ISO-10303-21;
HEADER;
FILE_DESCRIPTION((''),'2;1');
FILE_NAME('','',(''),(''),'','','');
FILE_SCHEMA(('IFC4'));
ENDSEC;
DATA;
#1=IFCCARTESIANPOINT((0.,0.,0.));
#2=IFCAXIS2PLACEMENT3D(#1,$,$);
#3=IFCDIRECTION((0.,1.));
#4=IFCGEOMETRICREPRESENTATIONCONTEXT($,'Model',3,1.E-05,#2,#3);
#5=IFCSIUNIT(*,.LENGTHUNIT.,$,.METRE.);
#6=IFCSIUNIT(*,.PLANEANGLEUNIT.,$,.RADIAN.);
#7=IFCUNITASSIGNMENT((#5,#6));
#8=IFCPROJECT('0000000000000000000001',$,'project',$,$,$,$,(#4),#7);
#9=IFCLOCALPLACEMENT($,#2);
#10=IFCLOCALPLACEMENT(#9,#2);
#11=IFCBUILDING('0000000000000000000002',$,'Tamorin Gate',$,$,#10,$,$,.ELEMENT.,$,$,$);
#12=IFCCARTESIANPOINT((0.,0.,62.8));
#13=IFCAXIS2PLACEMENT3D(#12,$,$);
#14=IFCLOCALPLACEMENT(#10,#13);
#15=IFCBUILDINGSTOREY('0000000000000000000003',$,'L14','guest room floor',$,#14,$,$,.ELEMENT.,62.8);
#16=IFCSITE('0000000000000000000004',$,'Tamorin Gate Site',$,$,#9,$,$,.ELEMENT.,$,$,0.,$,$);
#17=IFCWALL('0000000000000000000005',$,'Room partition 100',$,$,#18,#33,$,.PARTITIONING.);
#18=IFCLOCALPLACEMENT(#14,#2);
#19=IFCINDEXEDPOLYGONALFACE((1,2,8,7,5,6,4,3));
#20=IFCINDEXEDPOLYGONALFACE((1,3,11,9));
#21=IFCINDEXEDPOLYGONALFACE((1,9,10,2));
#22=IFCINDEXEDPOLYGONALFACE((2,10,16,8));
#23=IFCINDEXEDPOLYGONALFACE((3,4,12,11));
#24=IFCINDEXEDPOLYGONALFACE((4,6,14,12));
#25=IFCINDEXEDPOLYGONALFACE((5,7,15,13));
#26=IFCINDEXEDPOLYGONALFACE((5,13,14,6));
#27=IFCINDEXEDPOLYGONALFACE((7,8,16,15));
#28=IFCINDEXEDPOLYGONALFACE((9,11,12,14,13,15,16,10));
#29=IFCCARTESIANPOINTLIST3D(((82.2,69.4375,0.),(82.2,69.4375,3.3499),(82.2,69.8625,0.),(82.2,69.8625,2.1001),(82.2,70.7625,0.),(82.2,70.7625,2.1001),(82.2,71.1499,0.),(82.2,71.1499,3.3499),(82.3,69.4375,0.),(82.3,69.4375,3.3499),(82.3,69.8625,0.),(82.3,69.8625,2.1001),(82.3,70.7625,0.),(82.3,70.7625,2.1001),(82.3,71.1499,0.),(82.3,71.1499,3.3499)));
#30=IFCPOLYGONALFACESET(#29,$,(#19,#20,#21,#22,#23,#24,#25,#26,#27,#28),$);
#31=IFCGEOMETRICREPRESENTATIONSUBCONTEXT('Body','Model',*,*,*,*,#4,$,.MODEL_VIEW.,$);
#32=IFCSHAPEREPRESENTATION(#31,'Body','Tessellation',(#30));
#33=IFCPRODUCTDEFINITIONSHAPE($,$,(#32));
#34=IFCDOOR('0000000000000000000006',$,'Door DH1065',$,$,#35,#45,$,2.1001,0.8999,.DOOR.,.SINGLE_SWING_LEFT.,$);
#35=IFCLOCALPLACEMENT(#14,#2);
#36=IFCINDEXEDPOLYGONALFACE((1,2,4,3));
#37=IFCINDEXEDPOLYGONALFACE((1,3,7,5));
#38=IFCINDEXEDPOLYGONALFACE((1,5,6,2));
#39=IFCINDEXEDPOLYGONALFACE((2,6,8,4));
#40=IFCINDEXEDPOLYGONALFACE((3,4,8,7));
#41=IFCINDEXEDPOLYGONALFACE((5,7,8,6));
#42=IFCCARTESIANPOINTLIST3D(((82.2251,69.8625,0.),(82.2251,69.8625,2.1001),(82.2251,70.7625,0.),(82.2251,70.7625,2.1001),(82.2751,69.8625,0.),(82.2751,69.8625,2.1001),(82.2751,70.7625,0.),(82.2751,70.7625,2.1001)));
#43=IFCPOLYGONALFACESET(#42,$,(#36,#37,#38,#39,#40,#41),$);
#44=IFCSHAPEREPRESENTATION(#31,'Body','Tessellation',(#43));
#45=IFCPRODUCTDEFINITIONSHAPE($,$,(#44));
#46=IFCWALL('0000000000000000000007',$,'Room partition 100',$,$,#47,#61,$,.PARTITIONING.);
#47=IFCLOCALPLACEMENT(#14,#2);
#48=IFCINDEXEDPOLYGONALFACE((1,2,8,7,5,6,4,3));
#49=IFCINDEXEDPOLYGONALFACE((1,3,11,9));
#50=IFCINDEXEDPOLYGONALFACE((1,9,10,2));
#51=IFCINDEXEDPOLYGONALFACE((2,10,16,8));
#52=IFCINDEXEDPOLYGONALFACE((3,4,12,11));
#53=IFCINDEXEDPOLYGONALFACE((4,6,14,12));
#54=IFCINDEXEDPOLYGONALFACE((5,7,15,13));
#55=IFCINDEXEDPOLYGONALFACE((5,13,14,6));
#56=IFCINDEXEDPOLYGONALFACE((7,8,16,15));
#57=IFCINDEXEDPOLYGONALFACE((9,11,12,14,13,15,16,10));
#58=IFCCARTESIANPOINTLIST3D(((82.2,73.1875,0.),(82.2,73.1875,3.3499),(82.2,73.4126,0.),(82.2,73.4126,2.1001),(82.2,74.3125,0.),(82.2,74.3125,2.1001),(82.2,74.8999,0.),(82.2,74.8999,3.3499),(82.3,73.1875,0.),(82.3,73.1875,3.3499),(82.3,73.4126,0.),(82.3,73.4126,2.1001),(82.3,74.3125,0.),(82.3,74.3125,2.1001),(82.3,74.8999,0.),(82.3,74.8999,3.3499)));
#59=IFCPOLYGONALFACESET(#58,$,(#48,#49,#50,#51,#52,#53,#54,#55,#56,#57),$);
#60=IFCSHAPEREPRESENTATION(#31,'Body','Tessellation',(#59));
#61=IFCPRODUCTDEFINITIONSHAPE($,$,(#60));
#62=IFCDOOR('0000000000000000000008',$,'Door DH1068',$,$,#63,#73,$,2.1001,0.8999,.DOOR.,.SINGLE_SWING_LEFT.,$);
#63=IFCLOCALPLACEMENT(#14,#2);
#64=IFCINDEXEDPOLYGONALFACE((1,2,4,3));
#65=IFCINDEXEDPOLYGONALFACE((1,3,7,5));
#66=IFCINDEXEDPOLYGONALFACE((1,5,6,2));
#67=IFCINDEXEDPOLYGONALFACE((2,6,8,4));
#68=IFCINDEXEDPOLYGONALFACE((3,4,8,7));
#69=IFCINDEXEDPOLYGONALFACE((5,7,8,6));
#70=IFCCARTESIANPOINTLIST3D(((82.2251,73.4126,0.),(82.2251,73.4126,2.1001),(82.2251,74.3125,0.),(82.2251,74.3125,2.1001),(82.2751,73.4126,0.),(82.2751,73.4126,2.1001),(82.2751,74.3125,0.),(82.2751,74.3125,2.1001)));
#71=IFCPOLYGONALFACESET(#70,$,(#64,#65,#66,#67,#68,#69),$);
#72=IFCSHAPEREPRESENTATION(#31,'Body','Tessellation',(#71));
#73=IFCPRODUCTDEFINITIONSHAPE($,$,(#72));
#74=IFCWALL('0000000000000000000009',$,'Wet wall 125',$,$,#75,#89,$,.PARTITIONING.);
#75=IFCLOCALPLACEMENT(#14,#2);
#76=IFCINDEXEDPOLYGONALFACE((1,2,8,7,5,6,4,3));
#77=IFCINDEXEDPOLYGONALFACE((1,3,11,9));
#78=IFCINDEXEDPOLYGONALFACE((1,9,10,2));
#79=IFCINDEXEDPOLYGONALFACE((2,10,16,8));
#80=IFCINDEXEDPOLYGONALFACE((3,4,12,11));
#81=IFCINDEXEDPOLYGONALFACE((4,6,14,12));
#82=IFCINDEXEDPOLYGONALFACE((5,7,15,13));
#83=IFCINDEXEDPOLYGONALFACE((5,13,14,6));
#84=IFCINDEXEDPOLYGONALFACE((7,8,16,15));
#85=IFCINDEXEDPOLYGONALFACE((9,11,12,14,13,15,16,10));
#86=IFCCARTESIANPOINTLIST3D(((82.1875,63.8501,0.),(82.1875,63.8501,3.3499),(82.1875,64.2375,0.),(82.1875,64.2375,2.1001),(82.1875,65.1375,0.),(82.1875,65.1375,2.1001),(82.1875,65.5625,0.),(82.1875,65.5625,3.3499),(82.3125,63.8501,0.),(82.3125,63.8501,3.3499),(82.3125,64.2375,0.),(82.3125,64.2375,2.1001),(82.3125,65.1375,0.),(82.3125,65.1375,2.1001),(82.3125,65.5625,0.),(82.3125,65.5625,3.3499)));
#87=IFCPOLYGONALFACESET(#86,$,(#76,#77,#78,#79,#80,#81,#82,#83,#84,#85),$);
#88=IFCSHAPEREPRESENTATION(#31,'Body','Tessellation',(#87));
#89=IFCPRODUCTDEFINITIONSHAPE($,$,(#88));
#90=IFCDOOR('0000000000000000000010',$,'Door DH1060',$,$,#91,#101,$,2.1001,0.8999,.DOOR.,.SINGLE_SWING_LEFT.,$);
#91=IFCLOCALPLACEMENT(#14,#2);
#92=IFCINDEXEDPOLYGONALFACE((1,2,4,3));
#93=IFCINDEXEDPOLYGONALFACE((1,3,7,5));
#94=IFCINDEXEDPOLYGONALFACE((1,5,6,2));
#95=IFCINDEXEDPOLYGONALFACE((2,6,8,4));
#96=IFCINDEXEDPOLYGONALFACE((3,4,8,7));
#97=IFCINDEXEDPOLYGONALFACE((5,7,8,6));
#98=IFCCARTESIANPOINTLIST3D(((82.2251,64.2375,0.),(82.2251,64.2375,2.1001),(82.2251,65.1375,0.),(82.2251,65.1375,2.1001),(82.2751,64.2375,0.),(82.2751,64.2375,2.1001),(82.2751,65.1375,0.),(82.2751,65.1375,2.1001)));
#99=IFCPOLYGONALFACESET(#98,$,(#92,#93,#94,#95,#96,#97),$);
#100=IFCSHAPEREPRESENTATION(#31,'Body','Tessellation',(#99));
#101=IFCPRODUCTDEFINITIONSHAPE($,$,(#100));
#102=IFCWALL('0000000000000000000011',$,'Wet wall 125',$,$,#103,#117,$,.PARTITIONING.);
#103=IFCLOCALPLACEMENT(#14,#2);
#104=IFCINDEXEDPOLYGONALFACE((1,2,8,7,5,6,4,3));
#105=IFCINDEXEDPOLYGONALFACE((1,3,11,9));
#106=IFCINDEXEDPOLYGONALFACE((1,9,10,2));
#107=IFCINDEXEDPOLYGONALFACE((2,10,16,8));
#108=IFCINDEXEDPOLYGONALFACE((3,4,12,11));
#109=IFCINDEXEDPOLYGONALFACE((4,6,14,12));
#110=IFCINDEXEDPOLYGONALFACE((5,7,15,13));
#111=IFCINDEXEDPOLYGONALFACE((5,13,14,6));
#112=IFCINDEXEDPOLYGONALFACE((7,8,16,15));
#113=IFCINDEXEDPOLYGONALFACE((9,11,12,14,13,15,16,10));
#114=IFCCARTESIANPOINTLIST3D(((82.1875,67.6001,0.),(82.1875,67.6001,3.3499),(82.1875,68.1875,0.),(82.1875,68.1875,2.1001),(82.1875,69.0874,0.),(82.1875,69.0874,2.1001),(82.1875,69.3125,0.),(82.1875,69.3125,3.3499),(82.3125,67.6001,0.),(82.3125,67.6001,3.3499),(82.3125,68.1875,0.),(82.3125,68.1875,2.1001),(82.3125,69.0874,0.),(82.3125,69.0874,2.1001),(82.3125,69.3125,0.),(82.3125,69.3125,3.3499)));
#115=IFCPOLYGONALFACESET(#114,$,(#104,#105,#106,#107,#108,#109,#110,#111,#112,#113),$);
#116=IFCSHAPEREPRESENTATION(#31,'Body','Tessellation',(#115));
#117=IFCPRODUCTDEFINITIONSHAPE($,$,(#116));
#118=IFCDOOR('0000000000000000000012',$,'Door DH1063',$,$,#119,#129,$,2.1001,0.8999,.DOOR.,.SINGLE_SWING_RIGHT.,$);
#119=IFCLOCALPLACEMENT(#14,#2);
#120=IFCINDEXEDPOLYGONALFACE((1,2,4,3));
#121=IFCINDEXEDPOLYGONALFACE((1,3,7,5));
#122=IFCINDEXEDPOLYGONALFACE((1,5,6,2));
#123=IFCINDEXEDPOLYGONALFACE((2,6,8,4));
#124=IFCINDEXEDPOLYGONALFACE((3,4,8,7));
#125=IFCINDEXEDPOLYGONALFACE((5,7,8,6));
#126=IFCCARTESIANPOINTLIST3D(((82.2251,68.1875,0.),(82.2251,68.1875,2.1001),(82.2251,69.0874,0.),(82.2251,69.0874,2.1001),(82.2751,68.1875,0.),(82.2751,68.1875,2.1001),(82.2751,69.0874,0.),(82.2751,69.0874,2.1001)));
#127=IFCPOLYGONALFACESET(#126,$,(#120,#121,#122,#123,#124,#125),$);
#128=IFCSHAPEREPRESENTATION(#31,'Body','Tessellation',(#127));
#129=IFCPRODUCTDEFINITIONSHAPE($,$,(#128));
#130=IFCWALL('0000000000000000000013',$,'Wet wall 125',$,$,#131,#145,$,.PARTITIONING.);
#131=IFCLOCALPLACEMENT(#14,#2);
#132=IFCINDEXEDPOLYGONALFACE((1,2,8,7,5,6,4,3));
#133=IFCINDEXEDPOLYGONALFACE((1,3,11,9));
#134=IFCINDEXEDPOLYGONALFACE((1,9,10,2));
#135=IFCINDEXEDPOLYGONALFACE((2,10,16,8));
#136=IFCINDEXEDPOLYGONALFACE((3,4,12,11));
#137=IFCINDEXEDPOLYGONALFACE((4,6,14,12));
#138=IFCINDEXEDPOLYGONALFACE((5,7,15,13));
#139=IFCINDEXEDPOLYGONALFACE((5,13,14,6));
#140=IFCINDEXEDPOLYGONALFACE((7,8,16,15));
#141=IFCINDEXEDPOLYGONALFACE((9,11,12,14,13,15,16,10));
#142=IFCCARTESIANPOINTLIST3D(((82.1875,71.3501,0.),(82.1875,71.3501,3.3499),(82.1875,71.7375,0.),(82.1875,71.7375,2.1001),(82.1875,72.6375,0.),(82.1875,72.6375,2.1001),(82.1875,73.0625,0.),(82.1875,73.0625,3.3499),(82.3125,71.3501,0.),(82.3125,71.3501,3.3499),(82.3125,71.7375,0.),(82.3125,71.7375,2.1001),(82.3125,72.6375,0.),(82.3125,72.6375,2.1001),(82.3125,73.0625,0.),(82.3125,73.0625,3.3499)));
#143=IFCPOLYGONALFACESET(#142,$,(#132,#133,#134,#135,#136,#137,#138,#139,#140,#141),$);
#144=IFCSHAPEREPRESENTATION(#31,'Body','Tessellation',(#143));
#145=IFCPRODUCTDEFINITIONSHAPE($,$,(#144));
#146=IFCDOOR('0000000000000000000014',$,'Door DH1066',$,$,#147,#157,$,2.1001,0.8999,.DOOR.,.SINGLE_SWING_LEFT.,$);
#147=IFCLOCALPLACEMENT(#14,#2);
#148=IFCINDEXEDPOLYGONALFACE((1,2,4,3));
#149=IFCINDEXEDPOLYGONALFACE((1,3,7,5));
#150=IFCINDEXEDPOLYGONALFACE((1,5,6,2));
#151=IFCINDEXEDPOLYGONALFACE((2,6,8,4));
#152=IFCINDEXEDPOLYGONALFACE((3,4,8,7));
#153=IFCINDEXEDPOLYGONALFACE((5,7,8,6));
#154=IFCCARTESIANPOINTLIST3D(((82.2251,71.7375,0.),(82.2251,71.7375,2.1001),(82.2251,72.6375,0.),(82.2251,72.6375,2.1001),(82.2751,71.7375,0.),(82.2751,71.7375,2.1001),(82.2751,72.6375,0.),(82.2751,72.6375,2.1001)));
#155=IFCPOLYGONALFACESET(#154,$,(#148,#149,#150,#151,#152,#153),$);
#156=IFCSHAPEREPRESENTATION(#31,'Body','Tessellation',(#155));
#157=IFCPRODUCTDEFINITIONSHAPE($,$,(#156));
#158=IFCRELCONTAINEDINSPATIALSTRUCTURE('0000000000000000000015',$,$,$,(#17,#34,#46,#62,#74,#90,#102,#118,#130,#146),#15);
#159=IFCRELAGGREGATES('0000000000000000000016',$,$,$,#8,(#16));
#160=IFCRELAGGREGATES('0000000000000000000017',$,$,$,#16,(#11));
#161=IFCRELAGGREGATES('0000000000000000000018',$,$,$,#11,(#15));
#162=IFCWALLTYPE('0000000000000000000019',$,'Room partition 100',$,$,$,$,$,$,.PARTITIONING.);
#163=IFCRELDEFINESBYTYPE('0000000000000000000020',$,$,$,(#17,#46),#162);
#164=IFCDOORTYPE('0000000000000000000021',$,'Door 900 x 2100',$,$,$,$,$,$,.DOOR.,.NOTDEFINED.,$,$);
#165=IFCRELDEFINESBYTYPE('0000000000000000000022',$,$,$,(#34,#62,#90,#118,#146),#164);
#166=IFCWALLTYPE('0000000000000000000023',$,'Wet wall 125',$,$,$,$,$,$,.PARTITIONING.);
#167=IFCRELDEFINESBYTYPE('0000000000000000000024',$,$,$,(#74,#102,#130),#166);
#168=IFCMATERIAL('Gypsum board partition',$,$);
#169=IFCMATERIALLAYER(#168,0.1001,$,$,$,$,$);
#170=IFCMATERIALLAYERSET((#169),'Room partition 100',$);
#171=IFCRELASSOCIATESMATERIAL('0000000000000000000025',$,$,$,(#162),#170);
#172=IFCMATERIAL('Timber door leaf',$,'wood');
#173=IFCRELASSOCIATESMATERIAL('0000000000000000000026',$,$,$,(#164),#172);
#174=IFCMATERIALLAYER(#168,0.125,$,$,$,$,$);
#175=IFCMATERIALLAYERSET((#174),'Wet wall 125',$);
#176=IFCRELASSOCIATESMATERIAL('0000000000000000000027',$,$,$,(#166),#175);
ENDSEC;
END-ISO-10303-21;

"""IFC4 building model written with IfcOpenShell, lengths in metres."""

from ifc_helpers import new_model, si_unit, direction, frame, frame_2d, origin, place, context, subcontext, project, spatial, rectangle, extrude, material, layer, layer_set, type_object, element, fill, save


model = new_model("IFC4")

# Units and contexts
model_context = context("Model", 3, precision=1e-05, world=origin(), true_north=direction((0.0, 1.0)))
body_context = subcontext(model_context, "Body", "Model", "MODEL_VIEW")
ifc_project = project(units=[si_unit("LENGTHUNIT", "METRE"), si_unit("PLANEANGLEUNIT", "RADIAN")], contexts=[model_context])

# Site, building, storey
site_placement = place(None, origin())
site = spatial("IfcSite", under=ifc_project, at=site_placement, Name="Tamorin Gate Site", CompositionType="ELEMENT", RefElevation=0.0)
building_placement = place(site_placement, origin())
building = spatial("IfcBuilding", under=site, at=building_placement, Name="Tamorin Gate", CompositionType="ELEMENT")
storey_placement = place(building_placement, frame((0.0, 0.0, 62.8)))
storey = spatial("IfcBuildingStorey", under=building, at=storey_placement, Name="L14", Description="guest room floor", CompositionType="ELEMENT", Elevation=62.8)

# Walls, openings, doors
ifc_material_1 = material(Name="Gypsum board partition")
ifc_layer_1 = layer(ifc_material_1, 0.1001)
ifc_layer_set_1 = layer_set([ifc_layer_1], Name="Room partition 100")
wall_type_1 = type_object("IfcWallType", Name="Room partition 100", PredefinedType="PARTITIONING", material=ifc_layer_set_1)
ifc_material_2 = material(Name="Timber door leaf", Category="wood")
door_type = type_object("IfcDoorType", Name="Door 900 x 2100", OperationType="NOTDEFINED", PredefinedType="DOOR", material=ifc_material_2)
wall_1_placement = place(storey_placement, frame((82.25, 69.4375, 0.0), z_axis=(0.0, 0.0, 1.0), x_axis=(0.0, 1.0, 0.0)))
wall_1 = element("IfcWall", 1, at=wall_1_placement, inside=storey, type_object=wall_type_1, Name="Room partition 100", PredefinedType="PARTITIONING", context=body_context, shape_type="SweptSolid", body=[
    extrude(rectangle(XDim=1.7124, YDim=0.1001, at=frame_2d((0.8562, 0.0))), origin(), (0.0, 0.0, 1.0), 3.3499),
])
opening_1_placement = place(wall_1_placement, frame((0.425, 0.0, 0.0)))
opening_1 = element("IfcOpeningElement", 2, at=opening_1_placement, cuts=wall_1, PredefinedType="OPENING", context=body_context, shape_type="SweptSolid", body=[
    extrude(rectangle(XDim=0.8999, YDim=2.1001, at=frame_2d((0.45, 1.05))), frame((0.0, 0.0601, 0.0), z_axis=(0.0, -1.0, 0.0), x_axis=(1.0, 0.0, 0.0)), (0.0, 0.0, 1.0), 0.1201),
])
door_1_placement = place(opening_1_placement, origin())
door_1 = element("IfcDoor", 3, at=door_1_placement, inside=storey, type_object=door_type, Name="Door DH1065", OperationType="SINGLE_SWING_LEFT", OverallHeight=2.1001, OverallWidth=0.8999, PredefinedType="DOOR", context=body_context, shape_type="SweptSolid", body=[
    extrude(rectangle(XDim=0.8999, YDim=2.1001, at=frame_2d((0.45, 1.05))), frame((0.0, 0.0249, 0.0), z_axis=(0.0, -1.0, 0.0), x_axis=(1.0, 0.0, 0.0)), (0.0, 0.0, 1.0), 0.05),
])
fill(opening_1, door_1)
wall_2_placement = place(storey_placement, frame((82.25, 73.1875, 0.0), z_axis=(0.0, 0.0, 1.0), x_axis=(0.0, 1.0, 0.0)))
wall_2 = element("IfcWall", 4, at=wall_2_placement, inside=storey, type_object=wall_type_1, Name="Room partition 100", PredefinedType="PARTITIONING", context=body_context, shape_type="SweptSolid", body=[
    extrude(rectangle(XDim=1.7124, YDim=0.1001, at=frame_2d((0.8562, 0.0))), origin(), (0.0, 0.0, 1.0), 3.3499),
])
opening_2_placement = place(wall_2_placement, frame((0.2251, 0.0, 0.0)))
opening_2 = element("IfcOpeningElement", 5, at=opening_2_placement, cuts=wall_2, PredefinedType="OPENING", context=body_context, shape_type="SweptSolid", body=[
    extrude(rectangle(XDim=0.8999, YDim=2.1001, at=frame_2d((0.45, 1.05))), frame((0.0, 0.0601, 0.0), z_axis=(0.0, -1.0, 0.0), x_axis=(1.0, 0.0, 0.0)), (0.0, 0.0, 1.0), 0.1201),
])
door_2_placement = place(opening_2_placement, origin())
door_2 = element("IfcDoor", 6, at=door_2_placement, inside=storey, type_object=door_type, Name="Door DH1068", OperationType="SINGLE_SWING_LEFT", OverallHeight=2.1001, OverallWidth=0.8999, PredefinedType="DOOR", context=body_context, shape_type="SweptSolid", body=[
    extrude(rectangle(XDim=0.8999, YDim=2.1001, at=frame_2d((0.45, 1.05))), frame((0.0, 0.0249, 0.0), z_axis=(0.0, -1.0, 0.0), x_axis=(1.0, 0.0, 0.0)), (0.0, 0.0, 1.0), 0.05),
])
fill(opening_2, door_2)
ifc_layer_2 = layer(ifc_material_1, 0.125)
ifc_layer_set_2 = layer_set([ifc_layer_2], Name="Wet wall 125")
wall_type_2 = type_object("IfcWallType", Name="Wet wall 125", PredefinedType="PARTITIONING", material=ifc_layer_set_2)
wall_3_placement = place(storey_placement, frame((82.25, 63.8501, 0.0), z_axis=(0.0, 0.0, 1.0), x_axis=(0.0, 1.0, 0.0)))
wall_3 = element("IfcWall", 7, at=wall_3_placement, inside=storey, type_object=wall_type_2, Name="Wet wall 125", PredefinedType="PARTITIONING", context=body_context, shape_type="SweptSolid", body=[
    extrude(rectangle(XDim=1.7124, YDim=0.125, at=frame_2d((0.8562, 0.0))), origin(), (0.0, 0.0, 1.0), 3.3499),
])
opening_3_placement = place(wall_3_placement, frame((0.3875, 0.0, 0.0)))
opening_3 = element("IfcOpeningElement", 8, at=opening_3_placement, cuts=wall_3, PredefinedType="OPENING", context=body_context, shape_type="SweptSolid", body=[
    extrude(rectangle(XDim=0.8999, YDim=2.1001, at=frame_2d((0.45, 1.05))), frame((0.0, 0.0725, 0.0), z_axis=(0.0, -1.0, 0.0), x_axis=(1.0, 0.0, 0.0)), (0.0, 0.0, 1.0), 0.145),
])
door_3_placement = place(opening_3_placement, origin())
door_3 = element("IfcDoor", 9, at=door_3_placement, inside=storey, type_object=door_type, Name="Door DH1060", OperationType="SINGLE_SWING_LEFT", OverallHeight=2.1001, OverallWidth=0.8999, PredefinedType="DOOR", context=body_context, shape_type="SweptSolid", body=[
    extrude(rectangle(XDim=0.8999, YDim=2.1001, at=frame_2d((0.45, 1.05))), frame((0.0, 0.0249, 0.0), z_axis=(0.0, -1.0, 0.0), x_axis=(1.0, 0.0, 0.0)), (0.0, 0.0, 1.0), 0.05),
])
fill(opening_3, door_3)
wall_4_placement = place(storey_placement, frame((82.25, 67.6001, 0.0), z_axis=(0.0, 0.0, 1.0), x_axis=(0.0, 1.0, 0.0)))
wall_4 = element("IfcWall", 10, at=wall_4_placement, inside=storey, type_object=wall_type_2, Name="Wet wall 125", PredefinedType="PARTITIONING", context=body_context, shape_type="SweptSolid", body=[
    extrude(rectangle(XDim=1.7124, YDim=0.125, at=frame_2d((0.8562, 0.0))), origin(), (0.0, 0.0, 1.0), 3.3499),
])
opening_4_placement = place(wall_4_placement, frame((0.5874, 0.0, 0.0)))
opening_4 = element("IfcOpeningElement", 11, at=opening_4_placement, cuts=wall_4, PredefinedType="OPENING", context=body_context, shape_type="SweptSolid", body=[
    extrude(rectangle(XDim=0.8999, YDim=2.1001, at=frame_2d((0.45, 1.05))), frame((0.0, 0.0725, 0.0), z_axis=(0.0, -1.0, 0.0), x_axis=(1.0, 0.0, 0.0)), (0.0, 0.0, 1.0), 0.145),
])
door_4_placement = place(opening_4_placement, origin())
door_4 = element("IfcDoor", 12, at=door_4_placement, inside=storey, type_object=door_type, Name="Door DH1063", OperationType="SINGLE_SWING_RIGHT", OverallHeight=2.1001, OverallWidth=0.8999, PredefinedType="DOOR", context=body_context, shape_type="SweptSolid", body=[
    extrude(rectangle(XDim=0.8999, YDim=2.1001, at=frame_2d((0.45, 1.05))), frame((0.0, 0.0249, 0.0), z_axis=(0.0, -1.0, 0.0), x_axis=(1.0, 0.0, 0.0)), (0.0, 0.0, 1.0), 0.05),
])
fill(opening_4, door_4)
wall_5_placement = place(storey_placement, frame((82.25, 71.3501, 0.0), z_axis=(0.0, 0.0, 1.0), x_axis=(0.0, 1.0, 0.0)))
wall_5 = element("IfcWall", 13, at=wall_5_placement, inside=storey, type_object=wall_type_2, Name="Wet wall 125", PredefinedType="PARTITIONING", context=body_context, shape_type="SweptSolid", body=[
    extrude(rectangle(XDim=1.7124, YDim=0.125, at=frame_2d((0.8562, 0.0))), origin(), (0.0, 0.0, 1.0), 3.3499),
])
opening_5_placement = place(wall_5_placement, frame((0.3875, 0.0, 0.0)))
opening_5 = element("IfcOpeningElement", 14, at=opening_5_placement, cuts=wall_5, PredefinedType="OPENING", context=body_context, shape_type="SweptSolid", body=[
    extrude(rectangle(XDim=0.8999, YDim=2.1001, at=frame_2d((0.45, 1.05))), frame((0.0, 0.0725, 0.0), z_axis=(0.0, -1.0, 0.0), x_axis=(1.0, 0.0, 0.0)), (0.0, 0.0, 1.0), 0.145),
])
door_5_placement = place(opening_5_placement, origin())
door_5 = element("IfcDoor", 15, at=door_5_placement, inside=storey, type_object=door_type, Name="Door DH1066", OperationType="SINGLE_SWING_LEFT", OverallHeight=2.1001, OverallWidth=0.8999, PredefinedType="DOOR", context=body_context, shape_type="SweptSolid", body=[
    extrude(rectangle(XDim=0.8999, YDim=2.1001, at=frame_2d((0.45, 1.05))), frame((0.0, 0.0249, 0.0), z_axis=(0.0, -1.0, 0.0), x_axis=(1.0, 0.0, 0.0)), (0.0, 0.0, 1.0), 0.05),
])
fill(opening_5, door_5)

save(model, "model.ifc")
